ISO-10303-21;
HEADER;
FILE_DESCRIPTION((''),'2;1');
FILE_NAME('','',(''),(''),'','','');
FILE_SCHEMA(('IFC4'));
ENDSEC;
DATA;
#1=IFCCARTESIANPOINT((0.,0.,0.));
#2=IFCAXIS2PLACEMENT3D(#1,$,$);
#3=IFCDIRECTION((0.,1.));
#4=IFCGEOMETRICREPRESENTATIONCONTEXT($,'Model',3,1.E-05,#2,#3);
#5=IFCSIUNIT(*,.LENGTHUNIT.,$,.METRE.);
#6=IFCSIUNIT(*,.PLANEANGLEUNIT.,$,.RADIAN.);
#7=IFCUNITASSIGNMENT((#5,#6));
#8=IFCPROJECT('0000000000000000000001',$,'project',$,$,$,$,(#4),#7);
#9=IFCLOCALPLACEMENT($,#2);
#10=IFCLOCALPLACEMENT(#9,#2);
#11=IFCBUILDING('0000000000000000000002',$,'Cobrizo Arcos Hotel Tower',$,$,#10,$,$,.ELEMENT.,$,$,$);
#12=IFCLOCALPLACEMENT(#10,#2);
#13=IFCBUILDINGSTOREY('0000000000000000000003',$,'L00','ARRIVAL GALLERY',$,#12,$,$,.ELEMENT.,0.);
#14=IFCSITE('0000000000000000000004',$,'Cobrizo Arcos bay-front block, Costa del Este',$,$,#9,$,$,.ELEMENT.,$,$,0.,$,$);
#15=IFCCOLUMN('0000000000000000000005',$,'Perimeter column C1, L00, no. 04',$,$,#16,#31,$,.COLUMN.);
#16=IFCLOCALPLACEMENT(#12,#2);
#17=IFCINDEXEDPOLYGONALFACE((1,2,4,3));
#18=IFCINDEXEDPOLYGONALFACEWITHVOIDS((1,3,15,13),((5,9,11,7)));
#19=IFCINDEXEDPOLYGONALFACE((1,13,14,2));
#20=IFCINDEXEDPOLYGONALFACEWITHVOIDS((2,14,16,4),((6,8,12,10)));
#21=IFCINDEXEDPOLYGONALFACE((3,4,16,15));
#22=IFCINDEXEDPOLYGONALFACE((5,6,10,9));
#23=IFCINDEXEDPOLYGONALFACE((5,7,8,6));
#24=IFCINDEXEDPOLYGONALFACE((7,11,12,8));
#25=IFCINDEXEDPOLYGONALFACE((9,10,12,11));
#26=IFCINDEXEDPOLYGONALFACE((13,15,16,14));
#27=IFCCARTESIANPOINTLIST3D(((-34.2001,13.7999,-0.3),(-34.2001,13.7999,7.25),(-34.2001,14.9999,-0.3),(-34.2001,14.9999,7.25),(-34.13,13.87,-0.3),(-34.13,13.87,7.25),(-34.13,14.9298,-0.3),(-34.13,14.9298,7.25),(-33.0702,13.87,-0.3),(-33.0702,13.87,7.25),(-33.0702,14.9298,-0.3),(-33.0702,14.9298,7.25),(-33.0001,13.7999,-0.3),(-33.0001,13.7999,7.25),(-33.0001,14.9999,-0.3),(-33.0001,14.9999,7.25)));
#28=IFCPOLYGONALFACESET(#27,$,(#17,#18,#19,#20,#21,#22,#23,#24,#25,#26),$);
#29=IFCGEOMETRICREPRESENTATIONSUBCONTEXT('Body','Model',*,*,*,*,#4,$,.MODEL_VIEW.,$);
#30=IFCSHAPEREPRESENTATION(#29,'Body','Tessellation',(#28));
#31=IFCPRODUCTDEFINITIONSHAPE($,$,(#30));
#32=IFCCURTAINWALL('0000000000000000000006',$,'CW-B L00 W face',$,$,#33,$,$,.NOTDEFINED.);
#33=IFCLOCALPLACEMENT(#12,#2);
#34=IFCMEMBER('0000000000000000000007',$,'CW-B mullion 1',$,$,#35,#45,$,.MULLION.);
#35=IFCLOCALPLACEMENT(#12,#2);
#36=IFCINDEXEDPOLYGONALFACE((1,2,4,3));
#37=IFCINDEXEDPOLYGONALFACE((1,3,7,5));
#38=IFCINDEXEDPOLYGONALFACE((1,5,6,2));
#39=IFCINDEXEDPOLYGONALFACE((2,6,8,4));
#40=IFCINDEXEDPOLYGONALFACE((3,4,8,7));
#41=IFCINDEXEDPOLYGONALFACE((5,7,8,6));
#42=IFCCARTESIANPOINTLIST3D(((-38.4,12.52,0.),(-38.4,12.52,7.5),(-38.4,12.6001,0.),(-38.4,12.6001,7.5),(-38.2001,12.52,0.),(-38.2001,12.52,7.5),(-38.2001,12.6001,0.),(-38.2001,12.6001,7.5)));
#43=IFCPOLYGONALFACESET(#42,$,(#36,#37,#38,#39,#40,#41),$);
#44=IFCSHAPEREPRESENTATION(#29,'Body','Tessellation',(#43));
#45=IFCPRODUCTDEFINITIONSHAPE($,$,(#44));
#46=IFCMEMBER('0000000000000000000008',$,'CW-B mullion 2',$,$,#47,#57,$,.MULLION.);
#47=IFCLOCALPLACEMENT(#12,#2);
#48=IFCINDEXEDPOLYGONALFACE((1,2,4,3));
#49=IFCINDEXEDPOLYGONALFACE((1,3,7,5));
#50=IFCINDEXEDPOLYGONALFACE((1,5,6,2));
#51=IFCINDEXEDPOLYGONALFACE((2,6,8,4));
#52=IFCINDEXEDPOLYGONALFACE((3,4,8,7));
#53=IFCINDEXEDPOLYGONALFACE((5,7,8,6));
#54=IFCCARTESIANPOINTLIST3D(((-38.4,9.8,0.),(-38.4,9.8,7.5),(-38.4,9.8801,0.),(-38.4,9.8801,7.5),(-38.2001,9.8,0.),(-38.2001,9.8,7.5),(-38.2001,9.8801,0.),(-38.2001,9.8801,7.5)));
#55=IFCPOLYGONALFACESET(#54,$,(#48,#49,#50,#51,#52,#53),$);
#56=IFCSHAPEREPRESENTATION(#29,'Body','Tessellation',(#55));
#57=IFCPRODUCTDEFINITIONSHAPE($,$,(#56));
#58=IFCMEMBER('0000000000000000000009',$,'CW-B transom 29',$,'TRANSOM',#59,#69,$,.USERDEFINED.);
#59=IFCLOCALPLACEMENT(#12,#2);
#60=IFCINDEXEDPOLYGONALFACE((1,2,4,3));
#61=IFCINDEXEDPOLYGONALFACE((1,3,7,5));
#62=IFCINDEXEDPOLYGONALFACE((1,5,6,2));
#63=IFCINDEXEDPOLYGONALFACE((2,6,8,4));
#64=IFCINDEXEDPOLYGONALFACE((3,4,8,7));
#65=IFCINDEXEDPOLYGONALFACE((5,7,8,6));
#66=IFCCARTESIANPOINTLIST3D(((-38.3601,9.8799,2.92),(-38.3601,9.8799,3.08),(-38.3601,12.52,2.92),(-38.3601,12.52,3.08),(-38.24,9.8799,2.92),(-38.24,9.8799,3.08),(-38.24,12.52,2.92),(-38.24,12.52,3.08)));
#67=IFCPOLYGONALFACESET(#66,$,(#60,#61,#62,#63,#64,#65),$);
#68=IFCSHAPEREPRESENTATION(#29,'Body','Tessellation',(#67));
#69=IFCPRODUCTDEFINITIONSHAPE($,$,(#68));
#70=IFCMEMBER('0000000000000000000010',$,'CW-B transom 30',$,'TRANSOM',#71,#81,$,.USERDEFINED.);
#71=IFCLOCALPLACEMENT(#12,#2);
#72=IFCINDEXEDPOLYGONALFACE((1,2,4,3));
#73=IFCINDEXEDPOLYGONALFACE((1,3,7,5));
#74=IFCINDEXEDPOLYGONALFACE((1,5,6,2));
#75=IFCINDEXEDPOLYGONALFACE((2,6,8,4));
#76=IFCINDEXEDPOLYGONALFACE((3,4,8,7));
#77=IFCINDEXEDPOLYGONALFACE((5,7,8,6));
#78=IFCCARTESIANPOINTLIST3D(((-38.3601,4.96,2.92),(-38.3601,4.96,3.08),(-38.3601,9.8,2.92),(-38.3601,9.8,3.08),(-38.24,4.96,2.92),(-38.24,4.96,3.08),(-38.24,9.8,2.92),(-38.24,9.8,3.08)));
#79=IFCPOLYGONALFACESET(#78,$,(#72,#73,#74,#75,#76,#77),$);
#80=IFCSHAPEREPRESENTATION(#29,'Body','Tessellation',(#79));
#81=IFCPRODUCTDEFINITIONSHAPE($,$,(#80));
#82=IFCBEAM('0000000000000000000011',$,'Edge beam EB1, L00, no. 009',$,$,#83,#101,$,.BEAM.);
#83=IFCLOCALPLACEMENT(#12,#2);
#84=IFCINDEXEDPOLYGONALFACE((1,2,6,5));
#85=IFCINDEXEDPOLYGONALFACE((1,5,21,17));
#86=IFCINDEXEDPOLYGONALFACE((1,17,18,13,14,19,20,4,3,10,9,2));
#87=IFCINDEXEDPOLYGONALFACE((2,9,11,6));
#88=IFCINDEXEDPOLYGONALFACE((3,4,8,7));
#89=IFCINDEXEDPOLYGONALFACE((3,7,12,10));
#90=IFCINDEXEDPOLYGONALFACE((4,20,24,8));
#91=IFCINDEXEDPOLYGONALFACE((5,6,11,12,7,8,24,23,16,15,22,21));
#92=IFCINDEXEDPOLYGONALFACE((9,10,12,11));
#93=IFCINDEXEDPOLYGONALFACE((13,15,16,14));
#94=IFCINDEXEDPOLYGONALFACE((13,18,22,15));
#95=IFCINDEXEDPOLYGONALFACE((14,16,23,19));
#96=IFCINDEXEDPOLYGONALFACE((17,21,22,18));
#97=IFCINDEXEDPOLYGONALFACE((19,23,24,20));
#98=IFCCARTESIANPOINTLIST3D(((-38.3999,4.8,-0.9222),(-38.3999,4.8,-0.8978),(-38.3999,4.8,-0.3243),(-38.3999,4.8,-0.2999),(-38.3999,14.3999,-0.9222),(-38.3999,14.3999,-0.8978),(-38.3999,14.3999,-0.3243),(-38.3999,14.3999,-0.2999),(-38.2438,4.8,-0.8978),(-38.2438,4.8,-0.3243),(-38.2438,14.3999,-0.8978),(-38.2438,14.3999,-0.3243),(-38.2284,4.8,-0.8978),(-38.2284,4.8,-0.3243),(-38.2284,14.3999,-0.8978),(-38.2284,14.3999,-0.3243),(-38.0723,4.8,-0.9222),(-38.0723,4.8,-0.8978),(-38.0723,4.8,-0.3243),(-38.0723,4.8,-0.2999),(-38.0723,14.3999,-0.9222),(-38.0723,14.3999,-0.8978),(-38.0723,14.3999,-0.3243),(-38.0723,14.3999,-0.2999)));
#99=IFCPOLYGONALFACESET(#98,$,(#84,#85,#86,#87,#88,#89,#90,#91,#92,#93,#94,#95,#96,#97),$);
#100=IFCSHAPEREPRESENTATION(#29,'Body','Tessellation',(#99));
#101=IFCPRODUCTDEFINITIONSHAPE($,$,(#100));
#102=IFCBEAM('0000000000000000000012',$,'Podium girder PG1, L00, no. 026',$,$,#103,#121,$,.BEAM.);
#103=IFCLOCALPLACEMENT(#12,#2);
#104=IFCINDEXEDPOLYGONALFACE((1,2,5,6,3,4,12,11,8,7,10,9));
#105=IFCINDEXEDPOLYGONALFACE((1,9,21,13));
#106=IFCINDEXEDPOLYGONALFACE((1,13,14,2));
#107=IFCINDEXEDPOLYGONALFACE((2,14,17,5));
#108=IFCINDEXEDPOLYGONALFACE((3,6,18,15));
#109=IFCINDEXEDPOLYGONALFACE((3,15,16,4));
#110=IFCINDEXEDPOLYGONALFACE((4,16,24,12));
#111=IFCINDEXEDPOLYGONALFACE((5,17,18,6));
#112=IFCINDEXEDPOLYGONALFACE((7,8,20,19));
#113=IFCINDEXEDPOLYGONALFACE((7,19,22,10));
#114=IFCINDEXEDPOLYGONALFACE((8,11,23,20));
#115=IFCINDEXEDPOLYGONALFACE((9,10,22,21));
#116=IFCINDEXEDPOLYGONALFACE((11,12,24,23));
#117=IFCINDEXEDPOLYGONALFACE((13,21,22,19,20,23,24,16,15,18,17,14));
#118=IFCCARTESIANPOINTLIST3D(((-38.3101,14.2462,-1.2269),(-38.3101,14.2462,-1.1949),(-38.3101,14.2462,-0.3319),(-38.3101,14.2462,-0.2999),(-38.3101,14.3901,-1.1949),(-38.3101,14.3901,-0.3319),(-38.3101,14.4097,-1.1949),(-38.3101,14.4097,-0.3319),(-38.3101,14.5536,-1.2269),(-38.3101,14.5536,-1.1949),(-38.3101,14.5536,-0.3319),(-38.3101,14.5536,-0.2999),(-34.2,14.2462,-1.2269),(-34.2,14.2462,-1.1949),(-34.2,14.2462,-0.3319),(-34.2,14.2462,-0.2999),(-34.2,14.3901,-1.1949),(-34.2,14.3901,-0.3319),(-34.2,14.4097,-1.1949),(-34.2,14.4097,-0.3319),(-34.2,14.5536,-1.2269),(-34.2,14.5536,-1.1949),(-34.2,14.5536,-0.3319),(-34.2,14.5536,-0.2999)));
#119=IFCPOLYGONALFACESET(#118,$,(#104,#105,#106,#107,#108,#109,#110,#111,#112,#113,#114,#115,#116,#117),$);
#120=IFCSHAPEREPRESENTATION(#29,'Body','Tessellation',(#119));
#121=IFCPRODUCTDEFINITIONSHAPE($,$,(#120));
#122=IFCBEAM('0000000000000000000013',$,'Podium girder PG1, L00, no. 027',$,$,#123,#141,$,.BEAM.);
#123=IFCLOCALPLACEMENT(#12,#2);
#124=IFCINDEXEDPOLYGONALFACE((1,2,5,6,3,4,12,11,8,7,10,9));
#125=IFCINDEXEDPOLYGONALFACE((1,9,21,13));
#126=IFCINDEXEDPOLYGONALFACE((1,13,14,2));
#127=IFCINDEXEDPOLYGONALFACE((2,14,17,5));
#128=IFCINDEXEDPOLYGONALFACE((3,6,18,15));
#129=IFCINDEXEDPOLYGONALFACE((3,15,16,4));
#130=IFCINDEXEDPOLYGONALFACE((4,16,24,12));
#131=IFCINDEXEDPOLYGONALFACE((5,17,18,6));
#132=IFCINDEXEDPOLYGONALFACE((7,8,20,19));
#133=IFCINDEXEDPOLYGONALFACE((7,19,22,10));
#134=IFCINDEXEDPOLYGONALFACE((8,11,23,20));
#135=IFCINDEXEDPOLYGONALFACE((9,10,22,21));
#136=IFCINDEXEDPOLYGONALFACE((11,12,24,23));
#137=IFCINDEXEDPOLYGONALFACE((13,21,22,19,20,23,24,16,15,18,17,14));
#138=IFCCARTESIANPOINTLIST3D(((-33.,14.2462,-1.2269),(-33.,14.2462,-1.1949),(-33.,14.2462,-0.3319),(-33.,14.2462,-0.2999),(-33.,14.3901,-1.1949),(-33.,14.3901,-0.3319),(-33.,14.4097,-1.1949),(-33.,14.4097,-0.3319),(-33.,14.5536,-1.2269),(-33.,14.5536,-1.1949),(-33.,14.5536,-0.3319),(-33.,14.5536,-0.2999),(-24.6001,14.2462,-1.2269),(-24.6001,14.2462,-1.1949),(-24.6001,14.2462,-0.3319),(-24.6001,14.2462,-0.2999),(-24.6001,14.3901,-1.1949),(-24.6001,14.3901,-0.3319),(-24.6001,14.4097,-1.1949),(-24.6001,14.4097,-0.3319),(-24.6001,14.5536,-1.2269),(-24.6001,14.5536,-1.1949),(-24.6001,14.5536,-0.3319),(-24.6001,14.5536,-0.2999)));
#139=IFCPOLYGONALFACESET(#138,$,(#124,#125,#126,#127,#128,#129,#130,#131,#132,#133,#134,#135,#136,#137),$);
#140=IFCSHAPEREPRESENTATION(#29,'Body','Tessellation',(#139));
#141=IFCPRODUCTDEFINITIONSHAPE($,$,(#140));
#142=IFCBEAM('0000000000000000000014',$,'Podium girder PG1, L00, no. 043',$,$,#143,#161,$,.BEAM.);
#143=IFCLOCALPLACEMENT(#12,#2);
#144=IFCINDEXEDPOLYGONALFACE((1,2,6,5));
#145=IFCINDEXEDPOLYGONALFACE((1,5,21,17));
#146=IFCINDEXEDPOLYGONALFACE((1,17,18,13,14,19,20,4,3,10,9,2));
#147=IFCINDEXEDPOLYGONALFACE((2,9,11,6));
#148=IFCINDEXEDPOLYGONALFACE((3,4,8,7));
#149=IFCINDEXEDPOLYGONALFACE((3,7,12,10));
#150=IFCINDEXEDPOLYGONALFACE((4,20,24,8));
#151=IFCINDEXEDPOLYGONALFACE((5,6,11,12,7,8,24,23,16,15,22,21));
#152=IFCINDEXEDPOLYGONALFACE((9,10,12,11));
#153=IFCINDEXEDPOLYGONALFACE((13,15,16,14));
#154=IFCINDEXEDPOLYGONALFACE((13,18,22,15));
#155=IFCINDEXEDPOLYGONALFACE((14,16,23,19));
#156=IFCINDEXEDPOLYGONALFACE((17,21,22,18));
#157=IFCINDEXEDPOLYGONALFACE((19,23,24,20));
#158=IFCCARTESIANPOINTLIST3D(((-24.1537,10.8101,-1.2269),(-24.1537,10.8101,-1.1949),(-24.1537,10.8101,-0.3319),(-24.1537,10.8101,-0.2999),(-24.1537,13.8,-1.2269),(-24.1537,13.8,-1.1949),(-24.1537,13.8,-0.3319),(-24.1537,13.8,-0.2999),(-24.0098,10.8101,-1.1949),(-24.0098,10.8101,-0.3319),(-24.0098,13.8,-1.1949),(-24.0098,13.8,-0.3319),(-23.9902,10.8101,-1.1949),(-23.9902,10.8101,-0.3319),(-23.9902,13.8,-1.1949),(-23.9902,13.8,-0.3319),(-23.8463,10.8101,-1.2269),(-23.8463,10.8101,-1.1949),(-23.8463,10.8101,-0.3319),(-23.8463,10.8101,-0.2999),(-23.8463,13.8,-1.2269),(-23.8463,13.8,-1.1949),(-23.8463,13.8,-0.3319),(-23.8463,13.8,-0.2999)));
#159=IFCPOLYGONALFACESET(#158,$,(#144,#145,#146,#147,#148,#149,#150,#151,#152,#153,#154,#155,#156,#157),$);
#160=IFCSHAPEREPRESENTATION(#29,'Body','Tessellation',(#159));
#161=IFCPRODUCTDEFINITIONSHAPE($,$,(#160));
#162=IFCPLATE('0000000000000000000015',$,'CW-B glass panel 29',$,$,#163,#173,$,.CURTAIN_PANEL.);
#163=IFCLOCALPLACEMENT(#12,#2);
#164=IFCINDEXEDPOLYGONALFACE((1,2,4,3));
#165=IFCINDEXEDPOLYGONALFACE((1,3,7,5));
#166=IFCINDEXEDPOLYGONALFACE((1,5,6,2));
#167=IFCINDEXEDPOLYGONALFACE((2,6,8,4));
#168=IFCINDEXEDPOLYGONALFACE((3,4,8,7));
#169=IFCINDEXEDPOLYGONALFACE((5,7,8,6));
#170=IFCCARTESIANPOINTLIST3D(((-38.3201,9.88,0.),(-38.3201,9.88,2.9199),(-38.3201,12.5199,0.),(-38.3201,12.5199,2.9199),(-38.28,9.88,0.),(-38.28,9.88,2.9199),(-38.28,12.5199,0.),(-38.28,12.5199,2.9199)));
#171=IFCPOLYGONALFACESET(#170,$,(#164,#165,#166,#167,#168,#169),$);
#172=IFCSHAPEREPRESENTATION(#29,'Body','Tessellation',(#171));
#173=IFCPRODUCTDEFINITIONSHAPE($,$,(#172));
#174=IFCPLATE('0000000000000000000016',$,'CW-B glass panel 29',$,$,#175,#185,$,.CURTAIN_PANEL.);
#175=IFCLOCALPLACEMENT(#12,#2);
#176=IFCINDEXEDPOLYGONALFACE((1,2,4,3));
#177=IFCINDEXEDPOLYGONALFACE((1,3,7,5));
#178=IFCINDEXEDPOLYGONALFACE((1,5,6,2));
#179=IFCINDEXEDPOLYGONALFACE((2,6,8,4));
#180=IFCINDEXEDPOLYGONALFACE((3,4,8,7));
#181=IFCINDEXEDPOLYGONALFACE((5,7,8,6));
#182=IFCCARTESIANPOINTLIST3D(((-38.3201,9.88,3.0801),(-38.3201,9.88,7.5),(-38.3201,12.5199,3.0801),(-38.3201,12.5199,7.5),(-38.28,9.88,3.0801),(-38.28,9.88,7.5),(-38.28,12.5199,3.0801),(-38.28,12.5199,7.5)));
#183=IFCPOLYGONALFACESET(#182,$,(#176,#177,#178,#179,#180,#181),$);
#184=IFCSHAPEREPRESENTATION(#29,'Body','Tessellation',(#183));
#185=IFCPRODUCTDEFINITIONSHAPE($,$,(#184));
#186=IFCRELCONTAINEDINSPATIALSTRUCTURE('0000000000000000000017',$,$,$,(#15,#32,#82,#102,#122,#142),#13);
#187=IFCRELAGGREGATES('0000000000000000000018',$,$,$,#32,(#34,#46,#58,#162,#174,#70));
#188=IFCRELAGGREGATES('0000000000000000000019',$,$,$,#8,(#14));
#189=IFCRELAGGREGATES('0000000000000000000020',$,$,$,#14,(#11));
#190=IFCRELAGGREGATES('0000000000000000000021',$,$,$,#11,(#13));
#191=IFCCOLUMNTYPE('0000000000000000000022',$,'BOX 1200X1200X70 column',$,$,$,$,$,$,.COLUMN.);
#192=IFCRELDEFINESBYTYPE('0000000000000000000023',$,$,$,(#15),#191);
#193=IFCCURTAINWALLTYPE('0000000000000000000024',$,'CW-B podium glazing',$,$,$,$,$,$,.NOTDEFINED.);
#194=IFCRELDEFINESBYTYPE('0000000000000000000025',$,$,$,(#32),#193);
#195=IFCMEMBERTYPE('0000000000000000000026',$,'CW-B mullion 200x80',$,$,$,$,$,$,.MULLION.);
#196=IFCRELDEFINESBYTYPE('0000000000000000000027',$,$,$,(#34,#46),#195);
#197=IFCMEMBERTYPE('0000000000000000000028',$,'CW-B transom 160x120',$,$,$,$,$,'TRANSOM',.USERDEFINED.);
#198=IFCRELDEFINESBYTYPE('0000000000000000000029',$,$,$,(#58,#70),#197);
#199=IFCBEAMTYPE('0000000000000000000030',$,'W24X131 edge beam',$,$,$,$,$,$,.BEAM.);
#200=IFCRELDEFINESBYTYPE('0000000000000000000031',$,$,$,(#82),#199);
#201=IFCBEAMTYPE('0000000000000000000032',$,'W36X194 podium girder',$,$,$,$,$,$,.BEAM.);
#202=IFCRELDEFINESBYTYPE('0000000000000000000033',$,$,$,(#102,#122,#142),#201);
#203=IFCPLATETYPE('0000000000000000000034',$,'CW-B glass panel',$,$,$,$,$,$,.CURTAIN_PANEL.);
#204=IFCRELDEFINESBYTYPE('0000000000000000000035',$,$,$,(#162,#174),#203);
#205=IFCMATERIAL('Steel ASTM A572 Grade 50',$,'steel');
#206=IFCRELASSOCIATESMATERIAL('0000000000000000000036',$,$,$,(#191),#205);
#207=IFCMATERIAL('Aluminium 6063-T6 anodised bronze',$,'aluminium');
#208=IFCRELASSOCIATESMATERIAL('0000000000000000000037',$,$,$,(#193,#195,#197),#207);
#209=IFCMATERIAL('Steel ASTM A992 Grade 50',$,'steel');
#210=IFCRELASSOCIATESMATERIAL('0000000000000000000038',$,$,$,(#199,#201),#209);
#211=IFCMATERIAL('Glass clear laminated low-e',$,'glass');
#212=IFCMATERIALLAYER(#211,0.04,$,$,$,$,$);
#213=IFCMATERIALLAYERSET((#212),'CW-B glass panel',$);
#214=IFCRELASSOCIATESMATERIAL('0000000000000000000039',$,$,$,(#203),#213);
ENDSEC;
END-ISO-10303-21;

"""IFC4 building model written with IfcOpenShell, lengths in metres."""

from ifc_helpers import new_model, si_unit, direction, frame, origin, origin_2d, place, context, subcontext, project, spatial, rectangle, hollow_rectangle, i_section, extrude, material, layer, layer_set, material_profile, profile_set, type_object, element, aggregate, save


model = new_model("IFC4")

# Units and contexts
model_context = context("Model", 3, precision=1e-05, world=origin(), true_north=direction((0.0, 1.0)))
body_context = subcontext(model_context, "Body", "Model", "MODEL_VIEW")
ifc_project = project(units=[si_unit("LENGTHUNIT", "METRE"), si_unit("PLANEANGLEUNIT", "RADIAN")], contexts=[model_context])

# Site, building, storey
site_placement = place(None, origin())
site = spatial("IfcSite", under=ifc_project, at=site_placement, Name="Cobrizo Arcos bay-front block, Costa del Este", CompositionType="ELEMENT", RefElevation=0.0)
building_placement = place(site_placement, origin())
building = spatial("IfcBuilding", under=site, at=building_placement, Name="Cobrizo Arcos Hotel Tower", CompositionType="ELEMENT")
storey_placement = place(building_placement, origin())
storey = spatial("IfcBuildingStorey", under=building, at=storey_placement, Name="L00", Description="ARRIVAL GALLERY", CompositionType="ELEMENT", Elevation=0.0)

# Column
ifc_material_1 = material(Name="Steel ASTM A572 Grade 50", Category="steel")
ifc_material_profile_1 = material_profile(ifc_material_1, hollow_rectangle(XDim=1.2, YDim=1.2, WallThickness=0.0701, at=origin_2d()), Name="BOX 1200X1200X70")
ifc_profile_set_1 = profile_set([ifc_material_profile_1], Name="Steel ASTM A572 Grade 50")
column_type = type_object("IfcColumnType", Name="BOX 1200X1200X70 column", PredefinedType="COLUMN", material=ifc_profile_set_1)
column_placement = place(storey_placement, frame((-33.6001, 14.3999, -0.3), z_axis=(0.0, 0.0, 1.0), x_axis=(1.0, 0.0, 0.0)))
element("IfcColumn", 1, at=column_placement, inside=storey, type_object=column_type, Name="Perimeter column C1, L00, no. 04", PredefinedType="COLUMN", context=body_context, shape_type="SweptSolid", body=[
    extrude(hollow_rectangle(XDim=1.2, YDim=1.2, WallThickness=0.0701, at=origin_2d()), origin(), (0.0, 0.0, 1.0), 7.55),
])

# Curtain wall, members
ifc_material_2 = material(Name="Aluminium 6063-T6 anodised bronze", Category="aluminium")
curtain_wall_type = type_object("IfcCurtainWallType", Name="CW-B podium glazing", PredefinedType="NOTDEFINED", material=ifc_material_2)
curtain_wall_placement = place(storey_placement, origin())
curtain_wall = element("IfcCurtainWall", 2, at=curtain_wall_placement, inside=storey, type_object=curtain_wall_type, Name="CW-B L00 W face", PredefinedType="NOTDEFINED")
ifc_material_profile_2 = material_profile(ifc_material_2, rectangle(XDim=0.2, YDim=0.0801, at=origin_2d()), Name="CW-B mullion 200x80")
ifc_profile_set_2 = profile_set([ifc_material_profile_2], Name="Aluminium 6063-T6 anodised bronze")
member_type_1 = type_object("IfcMemberType", Name="CW-B mullion 200x80", PredefinedType="MULLION", material=ifc_profile_set_2)
member_1_placement = place(storey_placement, frame((-38.3, 12.5601, 0.0), z_axis=(0.0, 0.0, 1.0), x_axis=(-1.0, 0.0, 0.0)))
member_1 = element("IfcMember", 3, at=member_1_placement, type_object=member_type_1, Name="CW-B mullion 1", PredefinedType="MULLION", context=body_context, shape_type="SweptSolid", body=[
    extrude(rectangle(XDim=0.2, YDim=0.0801, at=origin_2d()), origin(), (0.0, 0.0, 1.0), 7.5),
])
member_2_placement = place(storey_placement, frame((-38.3, 9.8401, 0.0), z_axis=(0.0, 0.0, 1.0), x_axis=(-1.0, 0.0, 0.0)))
member_2 = element("IfcMember", 4, at=member_2_placement, type_object=member_type_1, Name="CW-B mullion 2", PredefinedType="MULLION", context=body_context, shape_type="SweptSolid", body=[
    extrude(rectangle(XDim=0.2, YDim=0.0801, at=origin_2d()), origin(), (0.0, 0.0, 1.0), 7.5),
])
ifc_material_profile_3 = material_profile(ifc_material_2, rectangle(XDim=0.1201, YDim=0.1599, at=origin_2d()), Name="CW-B transom 160x120")
ifc_profile_set_3 = profile_set([ifc_material_profile_3], Name="Aluminium 6063-T6 anodised bronze")
member_type_2 = type_object("IfcMemberType", Name="CW-B transom 160x120", ElementType="TRANSOM", PredefinedType="USERDEFINED", material=ifc_profile_set_3)
member_3_placement = place(storey_placement, frame((-38.3, 12.52, 3.0), z_axis=(0.0, -1.0, 0.0), x_axis=(1.0, 0.0, 0.0)))
member_3 = element("IfcMember", 5, at=member_3_placement, type_object=member_type_2, Name="CW-B transom 29", ObjectType="TRANSOM", PredefinedType="USERDEFINED", context=body_context, shape_type="SweptSolid", body=[
    extrude(rectangle(XDim=0.1201, YDim=0.1599, at=origin_2d()), origin(), (0.0, 0.0, 1.0), 2.6401),
])
member_4_placement = place(storey_placement, frame((-38.3, 9.8, 3.0), z_axis=(0.0, -1.0, 0.0), x_axis=(1.0, 0.0, 0.0)))
member_4 = element("IfcMember", 6, at=member_4_placement, type_object=member_type_2, Name="CW-B transom 30", ObjectType="TRANSOM", PredefinedType="USERDEFINED", context=body_context, shape_type="SweptSolid", body=[
    extrude(rectangle(XDim=0.1201, YDim=0.1599, at=origin_2d()), origin(), (0.0, 0.0, 1.0), 4.8401),
])

# Beams
ifc_material_3 = material(Name="Steel ASTM A992 Grade 50", Category="steel")
ifc_material_profile_4 = material_profile(ifc_material_3, i_section(OverallWidth=0.3276, OverallDepth=0.6223, WebThickness=0.0154, FlangeThickness=0.0244, at=origin_2d()), Name="W24X131")
ifc_profile_set_4 = profile_set([ifc_material_profile_4], Name="Steel ASTM A992 Grade 50")
beam_type_1 = type_object("IfcBeamType", Name="W24X131 edge beam", PredefinedType="BEAM", material=ifc_profile_set_4)
beam_1_placement = place(storey_placement, frame((-38.2361, 14.3999, -0.6111), z_axis=(0.0, -1.0, 0.0), x_axis=(1.0, 0.0, 0.0)))
element("IfcBeam", 7, at=beam_1_placement, inside=storey, type_object=beam_type_1, Name="Edge beam EB1, L00, no. 009", PredefinedType="BEAM", context=body_context, shape_type="SweptSolid", body=[
    extrude(i_section(OverallWidth=0.3276, OverallDepth=0.6223, WebThickness=0.0154, FlangeThickness=0.0244, at=origin_2d()), origin(), (0.0, 0.0, 1.0), 9.5999),
])
ifc_material_profile_5 = material_profile(ifc_material_3, i_section(OverallWidth=0.3074, OverallDepth=0.927, WebThickness=0.0195, FlangeThickness=0.032, at=origin_2d()), Name="W36X194")
ifc_profile_set_5 = profile_set([ifc_material_profile_5], Name="Steel ASTM A992 Grade 50")
beam_type_2 = type_object("IfcBeamType", Name="W36X194 podium girder", PredefinedType="BEAM", material=ifc_profile_set_5)
beam_2_placement = place(storey_placement, frame((-38.3101, 14.3999, -0.7634), z_axis=(1.0, 0.0, 0.0), x_axis=(0.0, 1.0, 0.0)))
element("IfcBeam", 8, at=beam_2_placement, inside=storey, type_object=beam_type_2, Name="Podium girder PG1, L00, no. 026", PredefinedType="BEAM", context=body_context, shape_type="SweptSolid", body=[
    extrude(i_section(OverallWidth=0.3074, OverallDepth=0.927, WebThickness=0.0195, FlangeThickness=0.032, at=origin_2d()), origin(), (0.0, 0.0, 1.0), 4.1101),
])
beam_3_placement = place(storey_placement, frame((-33.0, 14.3999, -0.7634), z_axis=(1.0, 0.0, 0.0), x_axis=(0.0, 1.0, 0.0)))
element("IfcBeam", 9, at=beam_3_placement, inside=storey, type_object=beam_type_2, Name="Podium girder PG1, L00, no. 027", PredefinedType="BEAM", context=body_context, shape_type="SweptSolid", body=[
    extrude(i_section(OverallWidth=0.3074, OverallDepth=0.927, WebThickness=0.0195, FlangeThickness=0.032, at=origin_2d()), origin(), (0.0, 0.0, 1.0), 8.3999),
])
beam_4_placement = place(storey_placement, frame((-24.0, 10.8101, -0.7634), z_axis=(0.0, 1.0, 0.0), x_axis=(-1.0, 0.0, 0.0)))
element("IfcBeam", 10, at=beam_4_placement, inside=storey, type_object=beam_type_2, Name="Podium girder PG1, L00, no. 043", PredefinedType="BEAM", context=body_context, shape_type="SweptSolid", body=[
    extrude(i_section(OverallWidth=0.3074, OverallDepth=0.927, WebThickness=0.0195, FlangeThickness=0.032, at=origin_2d()), origin(), (0.0, 0.0, 1.0), 2.99),
])

# Plates
ifc_material_4 = material(Name="Glass clear laminated low-e", Category="glass")
ifc_layer_1 = layer(ifc_material_4, 0.04)
ifc_layer_set_1 = layer_set([ifc_layer_1], Name="CW-B glass panel")
plate_type = type_object("IfcPlateType", Name="CW-B glass panel", PredefinedType="CURTAIN_PANEL", material=ifc_layer_set_1)
plate_1_placement = place(storey_placement, frame((-38.3, 11.2, 0.0), z_axis=(0.0, 0.0, 1.0), x_axis=(0.0, -1.0, 0.0)))
plate_1 = element("IfcPlate", 11, at=plate_1_placement, type_object=plate_type, Name="CW-B glass panel 29", PredefinedType="CURTAIN_PANEL", context=body_context, shape_type="SweptSolid", body=[
    extrude(rectangle(XDim=2.6399, YDim=0.04, at=origin_2d()), origin(), (0.0, 0.0, 1.0), 2.9199),
])
plate_2_placement = place(storey_placement, frame((-38.3, 11.2, 3.0801), z_axis=(0.0, 0.0, 1.0), x_axis=(0.0, -1.0, 0.0)))
plate_2 = element("IfcPlate", 12, at=plate_2_placement, type_object=plate_type, Name="CW-B glass panel 29", PredefinedType="CURTAIN_PANEL", context=body_context, shape_type="SweptSolid", body=[
    extrude(rectangle(XDim=2.6399, YDim=0.04, at=origin_2d()), origin(), (0.0, 0.0, 1.0), 4.4199),
])
aggregate(curtain_wall, [member_1, member_2, member_3, plate_1, plate_2, member_4])

save(model, "model.ifc")
